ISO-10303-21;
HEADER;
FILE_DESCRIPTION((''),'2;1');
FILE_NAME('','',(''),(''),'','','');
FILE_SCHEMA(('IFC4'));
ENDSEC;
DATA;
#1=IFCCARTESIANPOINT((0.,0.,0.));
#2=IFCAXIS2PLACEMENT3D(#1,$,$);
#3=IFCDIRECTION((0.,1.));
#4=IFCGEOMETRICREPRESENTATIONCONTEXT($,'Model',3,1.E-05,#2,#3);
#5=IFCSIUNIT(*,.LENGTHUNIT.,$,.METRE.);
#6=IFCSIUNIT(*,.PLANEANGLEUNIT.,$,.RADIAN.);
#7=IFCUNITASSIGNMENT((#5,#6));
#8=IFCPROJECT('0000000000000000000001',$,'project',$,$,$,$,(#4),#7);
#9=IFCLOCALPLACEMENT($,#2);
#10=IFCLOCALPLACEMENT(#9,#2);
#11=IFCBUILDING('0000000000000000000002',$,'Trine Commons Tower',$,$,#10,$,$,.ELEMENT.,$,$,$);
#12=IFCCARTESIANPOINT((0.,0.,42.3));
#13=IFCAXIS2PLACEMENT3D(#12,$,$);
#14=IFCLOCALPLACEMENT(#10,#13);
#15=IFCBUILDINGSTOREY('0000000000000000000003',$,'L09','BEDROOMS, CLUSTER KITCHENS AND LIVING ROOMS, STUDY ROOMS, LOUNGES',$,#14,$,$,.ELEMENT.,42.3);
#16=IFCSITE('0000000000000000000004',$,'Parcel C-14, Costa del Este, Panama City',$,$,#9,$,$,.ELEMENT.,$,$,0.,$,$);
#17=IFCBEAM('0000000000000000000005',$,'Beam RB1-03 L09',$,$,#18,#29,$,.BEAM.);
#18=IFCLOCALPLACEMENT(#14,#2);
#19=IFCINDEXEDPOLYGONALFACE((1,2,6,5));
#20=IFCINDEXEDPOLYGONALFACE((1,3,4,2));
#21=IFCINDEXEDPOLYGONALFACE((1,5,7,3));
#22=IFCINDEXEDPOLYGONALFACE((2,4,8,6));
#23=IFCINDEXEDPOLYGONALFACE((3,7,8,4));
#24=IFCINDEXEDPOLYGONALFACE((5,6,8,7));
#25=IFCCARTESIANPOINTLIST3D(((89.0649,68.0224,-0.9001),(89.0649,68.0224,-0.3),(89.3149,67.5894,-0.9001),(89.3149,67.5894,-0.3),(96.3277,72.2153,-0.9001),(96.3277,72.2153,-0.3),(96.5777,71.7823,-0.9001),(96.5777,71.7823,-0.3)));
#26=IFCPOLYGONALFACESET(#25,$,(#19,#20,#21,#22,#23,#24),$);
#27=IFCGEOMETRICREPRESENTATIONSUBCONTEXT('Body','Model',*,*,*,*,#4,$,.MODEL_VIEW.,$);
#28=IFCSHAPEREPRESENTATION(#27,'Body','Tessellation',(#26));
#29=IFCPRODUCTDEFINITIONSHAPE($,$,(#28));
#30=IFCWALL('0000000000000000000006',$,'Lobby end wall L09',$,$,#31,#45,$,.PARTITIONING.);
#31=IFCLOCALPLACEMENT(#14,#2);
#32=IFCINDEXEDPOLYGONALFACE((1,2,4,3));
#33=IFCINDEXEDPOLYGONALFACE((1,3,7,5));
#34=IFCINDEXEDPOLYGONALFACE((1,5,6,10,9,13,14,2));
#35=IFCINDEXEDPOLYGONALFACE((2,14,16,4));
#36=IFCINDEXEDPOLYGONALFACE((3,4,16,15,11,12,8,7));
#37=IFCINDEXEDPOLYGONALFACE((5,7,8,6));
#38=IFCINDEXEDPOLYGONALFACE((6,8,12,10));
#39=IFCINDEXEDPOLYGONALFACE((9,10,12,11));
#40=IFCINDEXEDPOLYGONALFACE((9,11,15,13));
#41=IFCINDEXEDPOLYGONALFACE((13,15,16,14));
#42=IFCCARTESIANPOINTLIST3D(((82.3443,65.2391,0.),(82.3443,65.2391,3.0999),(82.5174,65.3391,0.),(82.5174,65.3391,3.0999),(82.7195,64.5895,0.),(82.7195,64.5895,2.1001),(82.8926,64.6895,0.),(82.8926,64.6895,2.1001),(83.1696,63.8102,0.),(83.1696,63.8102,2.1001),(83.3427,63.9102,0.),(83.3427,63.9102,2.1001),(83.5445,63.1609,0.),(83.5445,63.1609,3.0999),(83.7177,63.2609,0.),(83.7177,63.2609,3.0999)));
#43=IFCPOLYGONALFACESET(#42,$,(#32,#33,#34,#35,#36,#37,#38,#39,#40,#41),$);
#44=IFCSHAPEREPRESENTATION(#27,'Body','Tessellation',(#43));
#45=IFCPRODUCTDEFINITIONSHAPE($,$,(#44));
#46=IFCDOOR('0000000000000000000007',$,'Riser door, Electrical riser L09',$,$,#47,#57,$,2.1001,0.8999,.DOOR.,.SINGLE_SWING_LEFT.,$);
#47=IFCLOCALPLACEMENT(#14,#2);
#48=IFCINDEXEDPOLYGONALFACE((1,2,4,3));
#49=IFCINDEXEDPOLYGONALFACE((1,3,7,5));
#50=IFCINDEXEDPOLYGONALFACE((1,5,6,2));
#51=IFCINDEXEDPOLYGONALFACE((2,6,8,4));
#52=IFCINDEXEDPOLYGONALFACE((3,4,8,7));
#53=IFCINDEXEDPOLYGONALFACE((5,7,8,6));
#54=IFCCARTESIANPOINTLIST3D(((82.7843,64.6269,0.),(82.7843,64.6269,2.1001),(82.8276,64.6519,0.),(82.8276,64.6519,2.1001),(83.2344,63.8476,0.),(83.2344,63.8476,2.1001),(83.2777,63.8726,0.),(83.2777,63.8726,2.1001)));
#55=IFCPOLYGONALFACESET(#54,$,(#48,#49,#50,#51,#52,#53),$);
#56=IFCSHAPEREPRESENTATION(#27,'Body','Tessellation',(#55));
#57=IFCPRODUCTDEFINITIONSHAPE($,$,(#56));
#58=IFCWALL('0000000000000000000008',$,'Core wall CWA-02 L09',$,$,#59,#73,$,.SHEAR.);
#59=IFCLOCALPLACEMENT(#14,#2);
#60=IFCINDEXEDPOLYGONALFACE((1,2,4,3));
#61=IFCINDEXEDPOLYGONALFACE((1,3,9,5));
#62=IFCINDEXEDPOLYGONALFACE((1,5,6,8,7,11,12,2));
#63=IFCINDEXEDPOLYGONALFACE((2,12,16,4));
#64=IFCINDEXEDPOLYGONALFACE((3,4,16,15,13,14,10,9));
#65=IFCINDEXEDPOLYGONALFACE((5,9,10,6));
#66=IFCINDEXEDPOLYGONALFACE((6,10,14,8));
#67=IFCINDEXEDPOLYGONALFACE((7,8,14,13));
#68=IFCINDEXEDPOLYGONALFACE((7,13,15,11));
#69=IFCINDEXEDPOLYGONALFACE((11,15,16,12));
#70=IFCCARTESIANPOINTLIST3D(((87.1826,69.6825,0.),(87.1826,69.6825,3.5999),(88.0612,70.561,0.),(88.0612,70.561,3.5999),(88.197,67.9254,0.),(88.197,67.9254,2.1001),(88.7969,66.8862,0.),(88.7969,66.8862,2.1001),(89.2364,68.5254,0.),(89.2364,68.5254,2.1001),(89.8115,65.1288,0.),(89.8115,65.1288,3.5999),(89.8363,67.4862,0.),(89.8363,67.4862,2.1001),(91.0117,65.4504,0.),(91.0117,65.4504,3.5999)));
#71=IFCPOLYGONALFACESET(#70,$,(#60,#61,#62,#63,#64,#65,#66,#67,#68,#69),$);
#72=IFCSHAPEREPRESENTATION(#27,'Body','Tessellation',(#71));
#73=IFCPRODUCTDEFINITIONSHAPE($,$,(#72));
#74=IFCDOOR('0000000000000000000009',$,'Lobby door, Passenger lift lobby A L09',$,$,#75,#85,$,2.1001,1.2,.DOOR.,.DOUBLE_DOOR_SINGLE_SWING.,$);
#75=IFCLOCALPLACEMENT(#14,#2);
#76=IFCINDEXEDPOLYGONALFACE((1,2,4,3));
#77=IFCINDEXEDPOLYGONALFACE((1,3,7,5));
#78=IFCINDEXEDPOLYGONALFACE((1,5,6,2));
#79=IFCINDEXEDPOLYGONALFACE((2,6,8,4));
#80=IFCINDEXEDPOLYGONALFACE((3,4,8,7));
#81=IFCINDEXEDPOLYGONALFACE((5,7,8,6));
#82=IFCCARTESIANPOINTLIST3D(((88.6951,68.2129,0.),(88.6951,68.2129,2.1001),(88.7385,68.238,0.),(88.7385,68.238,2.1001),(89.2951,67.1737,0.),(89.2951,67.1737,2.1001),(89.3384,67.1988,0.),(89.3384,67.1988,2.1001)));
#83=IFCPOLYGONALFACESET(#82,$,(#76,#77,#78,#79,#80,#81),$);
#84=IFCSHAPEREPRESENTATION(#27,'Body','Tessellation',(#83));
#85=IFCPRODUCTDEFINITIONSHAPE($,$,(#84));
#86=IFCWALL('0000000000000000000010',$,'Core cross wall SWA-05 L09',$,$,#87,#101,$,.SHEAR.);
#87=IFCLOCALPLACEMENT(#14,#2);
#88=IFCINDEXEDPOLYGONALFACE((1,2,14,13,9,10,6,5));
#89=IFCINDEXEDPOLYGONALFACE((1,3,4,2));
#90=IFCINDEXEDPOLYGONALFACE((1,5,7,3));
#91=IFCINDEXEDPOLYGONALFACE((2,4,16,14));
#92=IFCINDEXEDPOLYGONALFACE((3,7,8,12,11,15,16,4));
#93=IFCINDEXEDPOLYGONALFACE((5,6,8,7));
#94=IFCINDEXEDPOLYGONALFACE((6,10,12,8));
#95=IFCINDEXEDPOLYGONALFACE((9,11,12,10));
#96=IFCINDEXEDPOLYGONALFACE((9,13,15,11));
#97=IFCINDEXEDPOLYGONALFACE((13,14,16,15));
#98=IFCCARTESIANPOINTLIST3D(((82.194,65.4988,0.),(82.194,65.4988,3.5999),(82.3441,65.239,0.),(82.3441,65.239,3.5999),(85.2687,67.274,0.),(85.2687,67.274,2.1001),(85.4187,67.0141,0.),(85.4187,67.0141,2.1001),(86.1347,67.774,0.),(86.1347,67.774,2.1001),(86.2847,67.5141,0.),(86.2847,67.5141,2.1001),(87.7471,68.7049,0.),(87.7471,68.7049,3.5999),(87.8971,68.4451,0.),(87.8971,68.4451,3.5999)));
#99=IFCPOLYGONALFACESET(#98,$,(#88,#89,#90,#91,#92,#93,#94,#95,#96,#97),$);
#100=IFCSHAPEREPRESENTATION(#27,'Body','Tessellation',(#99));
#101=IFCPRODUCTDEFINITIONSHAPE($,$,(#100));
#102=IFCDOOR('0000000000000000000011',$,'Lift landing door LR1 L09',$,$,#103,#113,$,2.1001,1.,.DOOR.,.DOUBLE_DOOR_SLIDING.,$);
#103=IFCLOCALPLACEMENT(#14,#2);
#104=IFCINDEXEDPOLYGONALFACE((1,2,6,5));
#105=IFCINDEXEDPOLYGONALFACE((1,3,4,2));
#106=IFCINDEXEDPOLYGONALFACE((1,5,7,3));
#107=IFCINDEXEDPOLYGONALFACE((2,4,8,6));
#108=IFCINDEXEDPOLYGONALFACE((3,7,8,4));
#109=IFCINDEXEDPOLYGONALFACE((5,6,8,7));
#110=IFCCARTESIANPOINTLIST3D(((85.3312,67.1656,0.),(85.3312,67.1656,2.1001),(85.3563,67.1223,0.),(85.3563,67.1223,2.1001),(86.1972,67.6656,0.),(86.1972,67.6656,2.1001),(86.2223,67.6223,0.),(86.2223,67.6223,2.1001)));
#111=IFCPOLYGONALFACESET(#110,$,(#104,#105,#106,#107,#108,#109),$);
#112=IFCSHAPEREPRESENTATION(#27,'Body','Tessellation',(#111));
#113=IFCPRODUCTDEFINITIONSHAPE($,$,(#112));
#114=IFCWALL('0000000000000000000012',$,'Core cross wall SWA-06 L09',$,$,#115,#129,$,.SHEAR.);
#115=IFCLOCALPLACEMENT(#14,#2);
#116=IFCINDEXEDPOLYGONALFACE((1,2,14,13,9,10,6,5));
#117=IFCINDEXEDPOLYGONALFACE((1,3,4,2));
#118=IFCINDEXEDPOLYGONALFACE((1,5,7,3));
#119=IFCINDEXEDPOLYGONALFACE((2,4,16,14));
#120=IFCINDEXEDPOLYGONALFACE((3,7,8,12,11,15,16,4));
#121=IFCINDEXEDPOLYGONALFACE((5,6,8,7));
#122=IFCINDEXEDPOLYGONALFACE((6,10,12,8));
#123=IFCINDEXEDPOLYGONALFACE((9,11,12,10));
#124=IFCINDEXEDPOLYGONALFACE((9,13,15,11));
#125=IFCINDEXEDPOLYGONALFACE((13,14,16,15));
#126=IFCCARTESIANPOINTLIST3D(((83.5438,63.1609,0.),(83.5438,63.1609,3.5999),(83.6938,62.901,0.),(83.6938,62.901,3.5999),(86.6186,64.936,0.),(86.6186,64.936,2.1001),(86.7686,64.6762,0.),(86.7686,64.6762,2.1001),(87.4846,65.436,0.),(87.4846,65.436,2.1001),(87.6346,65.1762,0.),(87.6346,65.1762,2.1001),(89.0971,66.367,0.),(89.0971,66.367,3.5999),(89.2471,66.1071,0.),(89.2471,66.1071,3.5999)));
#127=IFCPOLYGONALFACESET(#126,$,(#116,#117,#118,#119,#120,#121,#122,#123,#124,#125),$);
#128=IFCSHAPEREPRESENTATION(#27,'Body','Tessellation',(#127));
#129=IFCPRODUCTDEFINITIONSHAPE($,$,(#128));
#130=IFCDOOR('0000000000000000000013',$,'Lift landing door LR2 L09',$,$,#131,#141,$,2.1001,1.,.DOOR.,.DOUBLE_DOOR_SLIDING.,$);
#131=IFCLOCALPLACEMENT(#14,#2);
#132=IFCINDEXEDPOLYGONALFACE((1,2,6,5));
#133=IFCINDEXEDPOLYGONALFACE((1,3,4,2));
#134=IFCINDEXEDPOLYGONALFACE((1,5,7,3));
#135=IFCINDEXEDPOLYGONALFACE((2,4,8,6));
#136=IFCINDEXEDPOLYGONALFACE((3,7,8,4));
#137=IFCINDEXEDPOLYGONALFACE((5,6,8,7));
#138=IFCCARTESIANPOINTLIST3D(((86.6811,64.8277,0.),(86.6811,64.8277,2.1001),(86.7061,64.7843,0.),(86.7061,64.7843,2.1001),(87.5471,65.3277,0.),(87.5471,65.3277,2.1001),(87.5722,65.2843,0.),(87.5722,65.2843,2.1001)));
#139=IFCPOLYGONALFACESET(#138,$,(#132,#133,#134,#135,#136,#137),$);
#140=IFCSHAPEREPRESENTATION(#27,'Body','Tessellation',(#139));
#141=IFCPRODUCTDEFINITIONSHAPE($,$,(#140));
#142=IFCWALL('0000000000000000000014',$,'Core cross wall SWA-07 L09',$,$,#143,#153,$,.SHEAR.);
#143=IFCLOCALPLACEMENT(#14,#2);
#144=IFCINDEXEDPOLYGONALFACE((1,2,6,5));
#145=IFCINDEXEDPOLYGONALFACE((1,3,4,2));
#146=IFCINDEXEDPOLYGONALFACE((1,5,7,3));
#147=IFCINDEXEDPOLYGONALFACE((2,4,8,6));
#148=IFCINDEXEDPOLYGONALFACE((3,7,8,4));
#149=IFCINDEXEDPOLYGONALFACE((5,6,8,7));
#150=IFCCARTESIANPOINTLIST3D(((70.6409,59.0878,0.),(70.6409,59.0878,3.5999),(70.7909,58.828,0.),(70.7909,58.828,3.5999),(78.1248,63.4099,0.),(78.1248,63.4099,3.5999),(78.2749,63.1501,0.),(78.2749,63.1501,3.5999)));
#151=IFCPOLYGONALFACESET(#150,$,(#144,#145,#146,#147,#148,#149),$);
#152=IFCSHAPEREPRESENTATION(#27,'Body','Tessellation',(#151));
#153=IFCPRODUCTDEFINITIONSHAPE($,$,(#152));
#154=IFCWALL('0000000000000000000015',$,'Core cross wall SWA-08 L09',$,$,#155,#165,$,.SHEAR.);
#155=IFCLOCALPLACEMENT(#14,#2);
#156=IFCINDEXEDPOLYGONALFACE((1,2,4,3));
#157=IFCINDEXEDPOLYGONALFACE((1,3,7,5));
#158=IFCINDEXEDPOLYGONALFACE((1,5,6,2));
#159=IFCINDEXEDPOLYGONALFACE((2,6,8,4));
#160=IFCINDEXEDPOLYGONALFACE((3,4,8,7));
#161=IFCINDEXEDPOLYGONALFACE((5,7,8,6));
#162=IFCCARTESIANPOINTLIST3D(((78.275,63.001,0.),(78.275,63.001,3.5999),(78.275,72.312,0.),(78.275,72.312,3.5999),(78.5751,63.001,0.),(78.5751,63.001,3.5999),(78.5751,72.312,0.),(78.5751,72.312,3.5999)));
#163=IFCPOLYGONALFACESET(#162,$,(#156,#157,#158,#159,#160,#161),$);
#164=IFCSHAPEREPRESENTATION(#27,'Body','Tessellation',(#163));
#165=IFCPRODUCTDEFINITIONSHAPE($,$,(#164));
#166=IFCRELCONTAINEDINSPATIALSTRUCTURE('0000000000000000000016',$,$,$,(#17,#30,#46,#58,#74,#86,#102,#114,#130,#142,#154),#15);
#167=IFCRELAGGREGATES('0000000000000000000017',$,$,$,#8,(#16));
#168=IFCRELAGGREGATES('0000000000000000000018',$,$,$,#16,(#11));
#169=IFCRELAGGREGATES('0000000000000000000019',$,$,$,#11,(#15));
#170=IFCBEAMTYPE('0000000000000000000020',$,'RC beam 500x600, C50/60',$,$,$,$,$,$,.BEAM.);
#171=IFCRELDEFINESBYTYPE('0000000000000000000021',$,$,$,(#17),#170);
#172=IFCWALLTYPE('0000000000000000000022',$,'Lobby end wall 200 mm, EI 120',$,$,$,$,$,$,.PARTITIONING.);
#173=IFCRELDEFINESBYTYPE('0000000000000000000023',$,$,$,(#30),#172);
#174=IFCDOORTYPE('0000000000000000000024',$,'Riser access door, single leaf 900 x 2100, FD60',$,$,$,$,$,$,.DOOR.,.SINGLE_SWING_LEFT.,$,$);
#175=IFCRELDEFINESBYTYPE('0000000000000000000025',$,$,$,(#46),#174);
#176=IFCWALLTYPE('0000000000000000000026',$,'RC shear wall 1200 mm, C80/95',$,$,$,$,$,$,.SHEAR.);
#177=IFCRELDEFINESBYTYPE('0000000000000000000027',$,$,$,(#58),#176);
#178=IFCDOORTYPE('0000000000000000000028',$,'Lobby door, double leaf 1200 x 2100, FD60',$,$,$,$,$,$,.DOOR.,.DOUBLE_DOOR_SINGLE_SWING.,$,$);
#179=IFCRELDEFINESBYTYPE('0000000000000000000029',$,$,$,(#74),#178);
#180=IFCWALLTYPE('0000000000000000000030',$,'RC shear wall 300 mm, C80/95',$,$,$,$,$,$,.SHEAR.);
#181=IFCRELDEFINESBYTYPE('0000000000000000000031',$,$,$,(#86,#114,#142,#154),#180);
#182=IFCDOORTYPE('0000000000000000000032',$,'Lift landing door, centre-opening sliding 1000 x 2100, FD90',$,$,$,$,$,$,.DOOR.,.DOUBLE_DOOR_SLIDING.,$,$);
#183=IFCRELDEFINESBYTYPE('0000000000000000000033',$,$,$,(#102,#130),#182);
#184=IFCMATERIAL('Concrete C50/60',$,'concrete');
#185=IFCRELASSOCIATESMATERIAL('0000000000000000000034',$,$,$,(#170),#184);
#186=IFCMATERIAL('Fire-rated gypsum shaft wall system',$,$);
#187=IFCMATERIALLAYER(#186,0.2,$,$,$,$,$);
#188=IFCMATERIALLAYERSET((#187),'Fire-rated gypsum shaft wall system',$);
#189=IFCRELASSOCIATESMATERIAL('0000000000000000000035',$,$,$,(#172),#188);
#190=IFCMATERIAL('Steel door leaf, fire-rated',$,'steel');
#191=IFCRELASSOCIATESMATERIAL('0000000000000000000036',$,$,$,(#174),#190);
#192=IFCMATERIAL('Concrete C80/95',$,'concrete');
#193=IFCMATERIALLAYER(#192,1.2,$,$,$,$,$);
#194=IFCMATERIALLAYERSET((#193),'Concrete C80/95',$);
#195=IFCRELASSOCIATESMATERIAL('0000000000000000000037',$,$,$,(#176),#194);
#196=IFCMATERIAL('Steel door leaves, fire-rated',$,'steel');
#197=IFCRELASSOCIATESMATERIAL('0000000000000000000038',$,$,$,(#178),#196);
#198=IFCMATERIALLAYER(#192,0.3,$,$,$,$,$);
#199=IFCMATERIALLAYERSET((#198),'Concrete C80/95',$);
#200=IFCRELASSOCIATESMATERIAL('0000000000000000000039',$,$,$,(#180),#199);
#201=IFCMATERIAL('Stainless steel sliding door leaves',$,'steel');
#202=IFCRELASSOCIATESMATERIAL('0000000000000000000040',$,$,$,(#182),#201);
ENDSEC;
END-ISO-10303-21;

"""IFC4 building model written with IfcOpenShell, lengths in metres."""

from ifc_helpers import new_model, si_unit, direction, frame, frame_2d, origin, origin_2d, place, context, subcontext, project, spatial, polyline, rectangle, outline, extrude, material, layer, layer_set, material_profile, profile_set, type_object, element, fill, save


model = new_model("IFC4")

# Units and contexts
model_context = context("Model", 3, precision=1e-05, world=origin(), true_north=direction((0.0, 1.0)))
body_context = subcontext(model_context, "Body", "Model", "MODEL_VIEW")
ifc_project = project(units=[si_unit("LENGTHUNIT", "METRE"), si_unit("PLANEANGLEUNIT", "RADIAN")], contexts=[model_context])

# Site, building, storey
site_placement = place(None, origin())
site = spatial("IfcSite", under=ifc_project, at=site_placement, Name="Parcel C-14, Costa del Este, Panama City", CompositionType="ELEMENT", RefElevation=0.0)
building_placement = place(site_placement, origin())
building = spatial("IfcBuilding", under=site, at=building_placement, Name="Trine Commons Tower", CompositionType="ELEMENT")
storey_placement = place(building_placement, frame((0.0, 0.0, 42.3)))
storey = spatial("IfcBuildingStorey", under=building, at=storey_placement, Name="L09", Description="BEDROOMS, CLUSTER KITCHENS AND LIVING ROOMS, STUDY ROOMS, LOUNGES", CompositionType="ELEMENT", Elevation=42.3)

# Beam
ifc_material_1 = material(Name="Concrete C50/60", Category="concrete")
ifc_material_profile = material_profile(ifc_material_1, rectangle(XDim=0.5, YDim=0.6001, at=origin_2d()), Name="RC 500x600")
ifc_profile_set = profile_set([ifc_material_profile], Name="Concrete C50/60")
beam_type = type_object("IfcBeamType", Name="RC beam 500x600, C50/60", PredefinedType="BEAM", material=ifc_profile_set)
beam_placement = place(storey_placement, frame((89.1899, 67.8059, -0.6001), z_axis=(0.866038, 0.499978, 0.0), x_axis=(-0.499978, 0.866038, 0.0)))
element("IfcBeam", 1, at=beam_placement, inside=storey, type_object=beam_type, Name="Beam RB1-03 L09", PredefinedType="BEAM", context=body_context, shape_type="SweptSolid", body=[
    extrude(rectangle(XDim=0.5, YDim=0.6001, at=origin_2d()), origin(), (0.0, 0.0, 1.0), 8.3862),
])

# Walls, openings, doors
ifc_material_2 = material(Name="Fire-rated gypsum shaft wall system")
ifc_layer_1 = layer(ifc_material_2, 0.2)
ifc_layer_set_1 = layer_set([ifc_layer_1], Name="Fire-rated gypsum shaft wall system")
wall_type_1 = type_object("IfcWallType", Name="Lobby end wall 200 mm, EI 120", PredefinedType="PARTITIONING", material=ifc_layer_set_1)
wall_1_placement = place(storey_placement, frame((83.6311, 63.2109, 0.0), z_axis=(0.0, 0.0, 1.0), x_axis=(-0.500122, 0.865955, 0.0)))
wall_1 = element("IfcWall", 2, at=wall_1_placement, inside=storey, type_object=wall_type_1, Name="Lobby end wall L09", PredefinedType="PARTITIONING", context=body_context, shape_type="SweptSolid", body=[
    extrude(rectangle(XDim=2.3999, YDim=0.2, at=frame_2d((1.2, 0.0))), origin(), (0.0, 0.0, 1.0), 3.0999),
])
opening_1_placement = place(wall_1_placement, frame((0.7498, 0.0, 0.0)))
opening_1 = element("IfcOpeningElement", 3, at=opening_1_placement, cuts=wall_1, PredefinedType="OPENING", context=body_context, shape_type="SweptSolid", body=[
    extrude(rectangle(XDim=0.8999, YDim=2.1001, at=frame_2d((0.45, 1.05))), frame((0.0, 0.1099, 0.0), z_axis=(0.0, -1.0, 0.0), x_axis=(1.0, 0.0, 0.0)), (0.0, 0.0, 1.0), 0.22),
])
ifc_material_3 = material(Name="Steel door leaf, fire-rated", Category="steel")
door_type_1 = type_object("IfcDoorType", Name="Riser access door, single leaf 900 x 2100, FD60", OperationType="SINGLE_SWING_LEFT", PredefinedType="DOOR", material=ifc_material_3)
door_1_placement = place(opening_1_placement, frame((0.8999, 0.0, 0.0), z_axis=(0.0, 0.0, 1.0), x_axis=(-1.0, 0.0, 0.0)))
door_1 = element("IfcDoor", 4, at=door_1_placement, inside=storey, type_object=door_type_1, Name="Riser door, Electrical riser L09", OperationType="SINGLE_SWING_LEFT", OverallHeight=2.1001, OverallWidth=0.8999, PredefinedType="DOOR", context=body_context, shape_type="SweptSolid", body=[
    extrude(rectangle(XDim=0.8999, YDim=2.1001, at=frame_2d((0.45, 1.05))), frame((0.0, 0.0249, 0.0), z_axis=(0.0, -1.0, 0.0), x_axis=(1.0, 0.0, 0.0)), (0.0, 0.0, 1.0), 0.05),
])
fill(opening_1, door_1)
ifc_material_4 = material(Name="Concrete C80/95", Category="concrete")
ifc_layer_2 = layer(ifc_material_4, 1.2)
ifc_layer_set_2 = layer_set([ifc_layer_2], Name="Concrete C80/95")
wall_type_2 = type_object("IfcWallType", Name="RC shear wall 1200 mm, C80/95", PredefinedType="SHEAR", material=ifc_layer_set_2)
wall_2_placement = place(storey_placement, frame((90.4919, 65.1504, 0.0), z_axis=(0.0, 0.0, 1.0), x_axis=(-0.499979, 0.866037, 0.0)))
wall_2 = element("IfcWall", 5, at=wall_2_placement, inside=storey, type_object=wall_type_2, Name="Core wall CWA-02 L09", PredefinedType="SHEAR", context=body_context, shape_type="SweptSolid", body=[
    extrude(outline(polyline([(0.0, -0.6001), (5.9011, -0.6001), (5.5796, 0.6001), (0.3215, 0.6001), (0.0, -0.6001)])), origin(), (0.0, 0.0, 1.0), 3.5999),
])
opening_2_placement = place(wall_2_placement, frame((2.3506, 0.0, 0.0)))
opening_2 = element("IfcOpeningElement", 6, at=opening_2_placement, cuts=wall_2, PredefinedType="OPENING", context=body_context, shape_type="SweptSolid", body=[
    extrude(rectangle(XDim=1.2, YDim=2.1001, at=frame_2d((0.6001, 1.05))), frame((0.0, 0.6099, 0.0), z_axis=(0.0, -1.0, 0.0), x_axis=(1.0, 0.0, 0.0)), (0.0, 0.0, 1.0), 1.22),
])
ifc_material_5 = material(Name="Steel door leaves, fire-rated", Category="steel")
door_type_2 = type_object("IfcDoorType", Name="Lobby door, double leaf 1200 x 2100, FD60", OperationType="DOUBLE_DOOR_SINGLE_SWING", PredefinedType="DOOR", material=ifc_material_5)
door_2_placement = place(opening_2_placement, origin())
door_2 = element("IfcDoor", 7, at=door_2_placement, inside=storey, type_object=door_type_2, Name="Lobby door, Passenger lift lobby A L09", OperationType="DOUBLE_DOOR_SINGLE_SWING", OverallHeight=2.1001, OverallWidth=1.2, PredefinedType="DOOR", context=body_context, shape_type="SweptSolid", body=[
    extrude(rectangle(XDim=1.2, YDim=2.1001, at=frame_2d((0.6001, 1.05))), frame((0.0, 0.0249, 0.0), z_axis=(0.0, -1.0, 0.0), x_axis=(1.0, 0.0, 0.0)), (0.0, 0.0, 1.0), 0.05),
])
fill(opening_2, door_2)
ifc_layer_3 = layer(ifc_material_4, 0.3)
ifc_layer_set_3 = layer_set([ifc_layer_3], Name="Concrete C80/95")
wall_type_3 = type_object("IfcWallType", Name="RC shear wall 300 mm, C80/95", PredefinedType="SHEAR", material=ifc_layer_set_3)
wall_3_placement = place(storey_placement, frame((82.269, 65.3689, 0.0), z_axis=(0.0, 0.0, 1.0), x_axis=(0.866023, 0.500005, 0.0)))
wall_3 = element("IfcWall", 8, at=wall_3_placement, inside=storey, type_object=wall_type_3, Name="Core cross wall SWA-05 L09", PredefinedType="SHEAR", context=body_context, shape_type="SweptSolid", body=[
    extrude(rectangle(XDim=6.4121, YDim=0.3, at=frame_2d((3.2061, 0.0))), origin(), (0.0, 0.0, 1.0), 3.5999),
])
opening_3_placement = place(wall_3_placement, frame((3.5503, 0.0, 0.0)))
opening_3 = element("IfcOpeningElement", 9, at=opening_3_placement, cuts=wall_3, PredefinedType="OPENING", context=body_context, shape_type="SweptSolid", body=[
    extrude(rectangle(XDim=1.0, YDim=2.1001, at=frame_2d((0.5, 1.05))), frame((0.0, 0.1599, 0.0), z_axis=(0.0, -1.0, 0.0), x_axis=(1.0, 0.0, 0.0)), (0.0, 0.0, 1.0), 0.3201),
])
ifc_material_6 = material(Name="Stainless steel sliding door leaves", Category="steel")
door_type_3 = type_object("IfcDoorType", Name="Lift landing door, centre-opening sliding 1000 x 2100, FD90", OperationType="DOUBLE_DOOR_SLIDING", PredefinedType="DOOR", material=ifc_material_6)
door_3_placement = place(opening_3_placement, origin())
door_3 = element("IfcDoor", 10, at=door_3_placement, inside=storey, type_object=door_type_3, Name="Lift landing door LR1 L09", OperationType="DOUBLE_DOOR_SLIDING", OverallHeight=2.1001, OverallWidth=1.0, PredefinedType="DOOR", context=body_context, shape_type="SweptSolid", body=[
    extrude(rectangle(XDim=1.0, YDim=2.1001, at=frame_2d((0.5, 1.05))), frame((0.0, 0.0249, 0.0), z_axis=(0.0, -1.0, 0.0), x_axis=(1.0, 0.0, 0.0)), (0.0, 0.0, 1.0), 0.05),
])
fill(opening_3, door_3)
wall_4_placement = place(storey_placement, frame((83.6189, 63.031, 0.0), z_axis=(0.0, 0.0, 1.0), x_axis=(0.866032, 0.499988, 0.0)))
wall_4 = element("IfcWall", 11, at=wall_4_placement, inside=storey, type_object=wall_type_3, Name="Core cross wall SWA-06 L09", PredefinedType="SHEAR", context=body_context, shape_type="SweptSolid", body=[
    extrude(rectangle(XDim=6.4124, YDim=0.3, at=frame_2d((3.2061, 0.0))), origin(), (0.0, 0.0, 1.0), 3.5999),
])
opening_4_placement = place(wall_4_placement, frame((3.5503, 0.0, 0.0)))
opening_4 = element("IfcOpeningElement", 12, at=opening_4_placement, cuts=wall_4, PredefinedType="OPENING", context=body_context, shape_type="SweptSolid", body=[
    extrude(rectangle(XDim=1.0, YDim=2.1001, at=frame_2d((0.5, 1.05))), frame((0.0, 0.1599, 0.0), z_axis=(0.0, -1.0, 0.0), x_axis=(1.0, 0.0, 0.0)), (0.0, 0.0, 1.0), 0.3201),
])
door_4_placement = place(opening_4_placement, origin())
door_4 = element("IfcDoor", 13, at=door_4_placement, inside=storey, type_object=door_type_3, Name="Lift landing door LR2 L09", OperationType="DOUBLE_DOOR_SLIDING", OverallHeight=2.1001, OverallWidth=1.0, PredefinedType="DOOR", context=body_context, shape_type="SweptSolid", body=[
    extrude(rectangle(XDim=1.0, YDim=2.1001, at=frame_2d((0.5, 1.05))), frame((0.0, 0.0249, 0.0), z_axis=(0.0, -1.0, 0.0), x_axis=(1.0, 0.0, 0.0)), (0.0, 0.0, 1.0), 0.05),
])
fill(opening_4, door_4)

# Walls
wall_5_placement = place(storey_placement, frame((78.2, 63.28, 0.0), z_axis=(0.0, 0.0, 1.0), x_axis=(-0.865965, -0.500104, 0.0)))
element("IfcWall", 14, at=wall_5_placement, inside=storey, type_object=wall_type_3, Name="Core cross wall SWA-07 L09", PredefinedType="SHEAR", context=body_context, shape_type="SweptSolid", body=[
    extrude(rectangle(XDim=8.6423, YDim=0.3, at=frame_2d((4.3213, 0.0))), origin(), (0.0, 0.0, 1.0), 3.5999),
])
wall_6_placement = place(storey_placement, frame((78.425, 63.001, 0.0), z_axis=(0.0, 0.0, 1.0), x_axis=(0.0, 1.0, 0.0)))
element("IfcWall", 15, at=wall_6_placement, inside=storey, type_object=wall_type_3, Name="Core cross wall SWA-08 L09", PredefinedType="SHEAR", context=body_context, shape_type="SweptSolid", body=[
    extrude(rectangle(XDim=9.311, YDim=0.3, at=frame_2d((4.6555, 0.0))), origin(), (0.0, 0.0, 1.0), 3.5999),
])

save(model, "model.ifc")
